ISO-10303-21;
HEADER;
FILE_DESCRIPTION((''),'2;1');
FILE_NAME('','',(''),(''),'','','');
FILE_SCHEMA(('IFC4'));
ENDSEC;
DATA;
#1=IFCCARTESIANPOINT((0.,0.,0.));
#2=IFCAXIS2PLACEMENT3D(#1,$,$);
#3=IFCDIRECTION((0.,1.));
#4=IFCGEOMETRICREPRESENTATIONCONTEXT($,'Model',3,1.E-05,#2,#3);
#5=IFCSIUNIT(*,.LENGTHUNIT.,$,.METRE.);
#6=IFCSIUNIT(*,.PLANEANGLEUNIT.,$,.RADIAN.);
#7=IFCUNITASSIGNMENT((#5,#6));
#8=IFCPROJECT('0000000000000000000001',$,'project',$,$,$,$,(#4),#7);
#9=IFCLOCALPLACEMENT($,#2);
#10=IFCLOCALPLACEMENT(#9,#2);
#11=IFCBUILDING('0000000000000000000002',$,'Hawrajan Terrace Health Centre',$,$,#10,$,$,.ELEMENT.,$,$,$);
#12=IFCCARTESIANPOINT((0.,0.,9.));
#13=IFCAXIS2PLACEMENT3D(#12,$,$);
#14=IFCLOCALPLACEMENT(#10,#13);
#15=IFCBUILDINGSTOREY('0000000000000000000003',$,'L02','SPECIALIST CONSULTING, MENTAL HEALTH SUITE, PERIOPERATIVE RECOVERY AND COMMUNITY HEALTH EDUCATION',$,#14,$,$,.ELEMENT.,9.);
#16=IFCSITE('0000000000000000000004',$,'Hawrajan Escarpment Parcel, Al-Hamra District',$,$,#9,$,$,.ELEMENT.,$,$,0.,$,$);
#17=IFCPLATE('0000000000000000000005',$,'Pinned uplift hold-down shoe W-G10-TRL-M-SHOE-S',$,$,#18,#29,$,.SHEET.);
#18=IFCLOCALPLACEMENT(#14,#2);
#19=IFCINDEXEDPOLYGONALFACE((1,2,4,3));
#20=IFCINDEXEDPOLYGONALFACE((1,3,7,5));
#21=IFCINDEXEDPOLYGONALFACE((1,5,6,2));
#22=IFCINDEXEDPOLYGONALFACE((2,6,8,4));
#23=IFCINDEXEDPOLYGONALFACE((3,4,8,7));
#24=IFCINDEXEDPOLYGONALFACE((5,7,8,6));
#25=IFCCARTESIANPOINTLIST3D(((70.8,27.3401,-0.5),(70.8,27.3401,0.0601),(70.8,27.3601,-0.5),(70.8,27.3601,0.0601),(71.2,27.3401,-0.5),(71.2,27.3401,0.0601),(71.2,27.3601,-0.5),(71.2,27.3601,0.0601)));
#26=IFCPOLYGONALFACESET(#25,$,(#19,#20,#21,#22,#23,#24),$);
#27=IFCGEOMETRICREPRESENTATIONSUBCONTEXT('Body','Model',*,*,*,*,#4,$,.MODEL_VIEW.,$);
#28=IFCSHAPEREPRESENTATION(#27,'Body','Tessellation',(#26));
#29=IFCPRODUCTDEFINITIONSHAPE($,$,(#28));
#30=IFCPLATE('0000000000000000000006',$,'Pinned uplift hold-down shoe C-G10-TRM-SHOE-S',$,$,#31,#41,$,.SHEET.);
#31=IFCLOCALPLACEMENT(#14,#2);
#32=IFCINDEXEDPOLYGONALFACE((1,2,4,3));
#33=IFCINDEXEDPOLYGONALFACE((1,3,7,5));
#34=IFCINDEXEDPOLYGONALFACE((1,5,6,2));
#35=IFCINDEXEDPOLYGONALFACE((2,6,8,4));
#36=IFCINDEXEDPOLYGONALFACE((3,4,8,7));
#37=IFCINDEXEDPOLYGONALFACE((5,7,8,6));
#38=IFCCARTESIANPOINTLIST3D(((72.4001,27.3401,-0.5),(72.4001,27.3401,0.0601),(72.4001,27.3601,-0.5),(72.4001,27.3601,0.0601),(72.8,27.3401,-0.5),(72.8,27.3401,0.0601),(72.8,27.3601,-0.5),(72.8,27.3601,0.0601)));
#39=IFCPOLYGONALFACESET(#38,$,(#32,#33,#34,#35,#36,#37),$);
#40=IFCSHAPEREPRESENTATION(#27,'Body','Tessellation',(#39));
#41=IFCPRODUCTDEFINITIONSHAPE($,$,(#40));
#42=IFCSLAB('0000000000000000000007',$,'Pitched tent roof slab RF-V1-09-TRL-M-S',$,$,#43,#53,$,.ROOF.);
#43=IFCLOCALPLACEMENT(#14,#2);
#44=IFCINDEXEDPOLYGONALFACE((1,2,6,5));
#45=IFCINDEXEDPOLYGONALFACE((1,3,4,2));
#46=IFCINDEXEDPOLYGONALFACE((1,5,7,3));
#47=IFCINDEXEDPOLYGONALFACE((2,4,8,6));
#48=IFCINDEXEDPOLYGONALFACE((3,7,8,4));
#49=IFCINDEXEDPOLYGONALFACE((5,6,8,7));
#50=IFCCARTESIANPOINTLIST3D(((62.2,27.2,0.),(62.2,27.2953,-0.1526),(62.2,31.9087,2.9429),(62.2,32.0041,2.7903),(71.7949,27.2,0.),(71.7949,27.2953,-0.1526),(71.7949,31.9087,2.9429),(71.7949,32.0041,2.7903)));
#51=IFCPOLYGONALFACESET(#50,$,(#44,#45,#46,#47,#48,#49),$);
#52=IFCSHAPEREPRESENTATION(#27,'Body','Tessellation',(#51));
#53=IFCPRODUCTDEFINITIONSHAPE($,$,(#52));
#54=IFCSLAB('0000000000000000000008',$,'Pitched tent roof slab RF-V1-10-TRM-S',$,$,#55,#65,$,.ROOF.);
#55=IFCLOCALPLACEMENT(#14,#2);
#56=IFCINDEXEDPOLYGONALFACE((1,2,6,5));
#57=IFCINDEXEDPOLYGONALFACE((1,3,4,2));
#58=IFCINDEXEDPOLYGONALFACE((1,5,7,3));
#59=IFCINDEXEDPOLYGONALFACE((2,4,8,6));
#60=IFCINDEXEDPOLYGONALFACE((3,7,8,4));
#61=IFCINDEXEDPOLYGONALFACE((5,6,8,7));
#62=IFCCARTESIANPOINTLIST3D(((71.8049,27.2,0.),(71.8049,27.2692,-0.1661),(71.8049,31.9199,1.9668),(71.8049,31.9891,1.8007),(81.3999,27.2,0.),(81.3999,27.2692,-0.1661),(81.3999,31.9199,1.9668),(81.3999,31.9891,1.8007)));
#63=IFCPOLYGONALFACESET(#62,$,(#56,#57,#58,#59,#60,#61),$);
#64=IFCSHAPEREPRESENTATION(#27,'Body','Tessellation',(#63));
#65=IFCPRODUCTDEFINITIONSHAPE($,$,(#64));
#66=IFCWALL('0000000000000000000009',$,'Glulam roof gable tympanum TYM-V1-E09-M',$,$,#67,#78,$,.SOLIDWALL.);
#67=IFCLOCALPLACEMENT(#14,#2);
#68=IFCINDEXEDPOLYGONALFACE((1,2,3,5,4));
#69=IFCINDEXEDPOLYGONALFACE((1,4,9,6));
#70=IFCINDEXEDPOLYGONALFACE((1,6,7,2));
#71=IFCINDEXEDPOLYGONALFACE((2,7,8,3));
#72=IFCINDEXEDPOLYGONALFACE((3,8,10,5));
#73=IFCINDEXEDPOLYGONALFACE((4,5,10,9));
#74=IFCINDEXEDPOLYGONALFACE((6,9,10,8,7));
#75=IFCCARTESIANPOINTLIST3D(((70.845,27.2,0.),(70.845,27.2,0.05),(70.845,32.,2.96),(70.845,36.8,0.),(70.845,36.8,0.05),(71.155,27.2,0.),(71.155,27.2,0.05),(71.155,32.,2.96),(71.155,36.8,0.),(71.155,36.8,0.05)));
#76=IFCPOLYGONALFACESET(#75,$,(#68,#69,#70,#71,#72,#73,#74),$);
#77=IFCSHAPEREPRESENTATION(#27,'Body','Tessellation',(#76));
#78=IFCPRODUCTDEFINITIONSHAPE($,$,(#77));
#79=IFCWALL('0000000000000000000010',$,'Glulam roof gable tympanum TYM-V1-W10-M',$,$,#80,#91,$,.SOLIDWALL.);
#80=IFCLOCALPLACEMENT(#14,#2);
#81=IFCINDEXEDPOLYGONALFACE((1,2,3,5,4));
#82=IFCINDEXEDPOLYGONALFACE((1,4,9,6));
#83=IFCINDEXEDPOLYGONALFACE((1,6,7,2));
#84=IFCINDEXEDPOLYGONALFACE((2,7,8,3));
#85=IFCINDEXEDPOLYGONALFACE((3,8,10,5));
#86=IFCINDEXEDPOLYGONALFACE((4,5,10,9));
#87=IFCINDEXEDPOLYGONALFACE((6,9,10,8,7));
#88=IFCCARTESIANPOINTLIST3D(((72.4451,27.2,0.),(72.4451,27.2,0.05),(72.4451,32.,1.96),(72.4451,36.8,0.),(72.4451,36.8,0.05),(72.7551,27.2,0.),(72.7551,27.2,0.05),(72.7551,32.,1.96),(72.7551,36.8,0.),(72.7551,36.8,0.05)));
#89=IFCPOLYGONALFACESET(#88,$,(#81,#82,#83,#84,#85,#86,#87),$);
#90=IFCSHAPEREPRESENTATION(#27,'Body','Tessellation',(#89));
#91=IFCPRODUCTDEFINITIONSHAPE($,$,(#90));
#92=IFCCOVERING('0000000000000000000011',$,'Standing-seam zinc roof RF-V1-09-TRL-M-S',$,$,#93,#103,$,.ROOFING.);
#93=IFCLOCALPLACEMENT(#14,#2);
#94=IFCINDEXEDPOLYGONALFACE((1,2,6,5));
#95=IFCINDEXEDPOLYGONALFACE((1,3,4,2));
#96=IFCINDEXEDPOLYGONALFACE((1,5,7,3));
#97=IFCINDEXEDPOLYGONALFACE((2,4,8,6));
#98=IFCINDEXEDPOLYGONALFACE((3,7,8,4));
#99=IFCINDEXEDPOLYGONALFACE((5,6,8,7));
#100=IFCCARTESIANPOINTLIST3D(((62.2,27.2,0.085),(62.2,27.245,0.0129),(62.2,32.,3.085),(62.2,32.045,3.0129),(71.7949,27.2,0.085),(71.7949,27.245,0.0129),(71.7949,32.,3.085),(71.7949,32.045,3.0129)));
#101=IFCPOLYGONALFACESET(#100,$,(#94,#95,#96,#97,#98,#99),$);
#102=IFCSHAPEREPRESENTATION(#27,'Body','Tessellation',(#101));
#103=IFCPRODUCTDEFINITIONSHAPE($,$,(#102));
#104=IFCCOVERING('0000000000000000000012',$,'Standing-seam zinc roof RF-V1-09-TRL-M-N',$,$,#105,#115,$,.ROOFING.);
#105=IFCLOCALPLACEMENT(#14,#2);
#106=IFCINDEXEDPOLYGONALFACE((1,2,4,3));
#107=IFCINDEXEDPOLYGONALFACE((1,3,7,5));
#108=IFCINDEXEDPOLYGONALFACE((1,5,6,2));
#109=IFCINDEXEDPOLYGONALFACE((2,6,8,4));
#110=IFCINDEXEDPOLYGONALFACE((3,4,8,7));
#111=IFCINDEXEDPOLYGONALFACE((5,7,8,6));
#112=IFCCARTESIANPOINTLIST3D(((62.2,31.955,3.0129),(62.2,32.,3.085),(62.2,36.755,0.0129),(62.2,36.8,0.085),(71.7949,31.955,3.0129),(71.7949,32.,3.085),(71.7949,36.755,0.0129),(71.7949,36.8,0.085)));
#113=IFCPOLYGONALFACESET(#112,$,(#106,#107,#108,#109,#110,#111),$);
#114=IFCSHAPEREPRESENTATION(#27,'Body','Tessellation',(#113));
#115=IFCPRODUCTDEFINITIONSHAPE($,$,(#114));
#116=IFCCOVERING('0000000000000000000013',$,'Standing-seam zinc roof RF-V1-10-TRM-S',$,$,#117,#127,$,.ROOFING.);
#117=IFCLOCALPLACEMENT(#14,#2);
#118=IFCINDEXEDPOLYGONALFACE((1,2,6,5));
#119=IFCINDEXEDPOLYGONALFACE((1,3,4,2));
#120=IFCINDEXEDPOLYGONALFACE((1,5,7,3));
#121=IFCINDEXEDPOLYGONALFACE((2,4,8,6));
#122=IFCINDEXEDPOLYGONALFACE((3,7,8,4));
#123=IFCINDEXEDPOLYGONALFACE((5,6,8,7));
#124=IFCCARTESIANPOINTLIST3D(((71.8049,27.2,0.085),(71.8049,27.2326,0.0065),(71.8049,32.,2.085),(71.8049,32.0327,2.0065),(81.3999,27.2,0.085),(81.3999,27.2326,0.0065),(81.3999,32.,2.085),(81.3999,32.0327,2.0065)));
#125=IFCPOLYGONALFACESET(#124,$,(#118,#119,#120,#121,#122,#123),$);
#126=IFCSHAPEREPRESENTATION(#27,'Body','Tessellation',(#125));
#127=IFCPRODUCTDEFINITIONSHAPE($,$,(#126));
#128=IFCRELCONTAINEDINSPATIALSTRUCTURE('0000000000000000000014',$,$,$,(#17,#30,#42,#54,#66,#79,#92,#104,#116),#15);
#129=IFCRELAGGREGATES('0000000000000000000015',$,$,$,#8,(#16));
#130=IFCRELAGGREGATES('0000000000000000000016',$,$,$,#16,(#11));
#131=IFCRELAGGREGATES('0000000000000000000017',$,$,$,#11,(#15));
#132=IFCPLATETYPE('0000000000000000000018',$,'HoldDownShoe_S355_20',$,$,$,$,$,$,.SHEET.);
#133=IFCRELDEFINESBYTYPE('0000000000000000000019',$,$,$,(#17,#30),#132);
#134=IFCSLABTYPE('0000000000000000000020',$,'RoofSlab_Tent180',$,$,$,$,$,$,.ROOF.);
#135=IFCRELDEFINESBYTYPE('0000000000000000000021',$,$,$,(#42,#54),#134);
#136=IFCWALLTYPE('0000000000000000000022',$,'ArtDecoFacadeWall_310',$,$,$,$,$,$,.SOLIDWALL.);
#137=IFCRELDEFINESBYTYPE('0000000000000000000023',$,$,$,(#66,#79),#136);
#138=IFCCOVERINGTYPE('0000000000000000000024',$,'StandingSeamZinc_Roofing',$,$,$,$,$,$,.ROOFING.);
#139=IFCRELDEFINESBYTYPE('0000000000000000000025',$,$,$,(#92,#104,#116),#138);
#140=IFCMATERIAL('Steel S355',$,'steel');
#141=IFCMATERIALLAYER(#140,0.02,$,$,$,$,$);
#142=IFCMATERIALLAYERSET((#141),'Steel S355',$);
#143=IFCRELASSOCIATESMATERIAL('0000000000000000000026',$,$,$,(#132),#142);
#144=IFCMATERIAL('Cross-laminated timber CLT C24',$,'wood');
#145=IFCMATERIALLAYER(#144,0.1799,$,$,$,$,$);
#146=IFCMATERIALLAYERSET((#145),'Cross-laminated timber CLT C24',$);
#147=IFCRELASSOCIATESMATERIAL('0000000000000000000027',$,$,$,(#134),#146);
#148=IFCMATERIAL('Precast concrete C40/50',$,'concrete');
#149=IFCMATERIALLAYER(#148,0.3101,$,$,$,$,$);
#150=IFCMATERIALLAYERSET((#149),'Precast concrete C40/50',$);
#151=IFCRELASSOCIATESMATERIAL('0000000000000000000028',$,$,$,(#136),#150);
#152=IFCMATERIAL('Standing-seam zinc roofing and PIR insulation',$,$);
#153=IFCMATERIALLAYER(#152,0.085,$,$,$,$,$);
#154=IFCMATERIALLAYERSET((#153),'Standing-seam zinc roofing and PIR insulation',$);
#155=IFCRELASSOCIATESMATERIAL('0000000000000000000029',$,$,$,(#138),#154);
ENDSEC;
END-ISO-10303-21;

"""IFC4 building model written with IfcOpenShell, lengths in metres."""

from ifc_helpers import new_model, si_unit, direction, frame, origin, origin_2d, place, context, subcontext, project, spatial, polyline, rectangle, outline, extrude, material, layer, layer_set, type_object, element, save


model = new_model("IFC4")

# Units and contexts
model_context = context("Model", 3, precision=1e-05, world=origin(), true_north=direction((0.0, 1.0)))
body_context = subcontext(model_context, "Body", "Model", "MODEL_VIEW")
ifc_project = project(units=[si_unit("LENGTHUNIT", "METRE"), si_unit("PLANEANGLEUNIT", "RADIAN")], contexts=[model_context])

# Site, building, storey
site_placement = place(None, origin())
site = spatial("IfcSite", under=ifc_project, at=site_placement, Name="Hawrajan Escarpment Parcel, Al-Hamra District", CompositionType="ELEMENT", RefElevation=0.0)
building_placement = place(site_placement, origin())
building = spatial("IfcBuilding", under=site, at=building_placement, Name="Hawrajan Terrace Health Centre", CompositionType="ELEMENT")
storey_placement = place(building_placement, frame((0.0, 0.0, 9.0)))
storey = spatial("IfcBuildingStorey", under=building, at=storey_placement, Name="L02", Description="SPECIALIST CONSULTING, MENTAL HEALTH SUITE, PERIOPERATIVE RECOVERY AND COMMUNITY HEALTH EDUCATION", CompositionType="ELEMENT", Elevation=9.0)

# Shared definitions
ifc_material_1 = material(Name="Steel S355", Category="steel")

# Plates
ifc_layer_1 = layer(ifc_material_1, 0.02)
ifc_layer_set_1 = layer_set([ifc_layer_1], Name="Steel S355")
plate_type = type_object("IfcPlateType", Name="HoldDownShoe_S355_20", PredefinedType="SHEET", material=ifc_layer_set_1)
for number, where, z_axis, x_axis, name in (
    (1, (71.0, 27.3501, -0.5), (0.0, 0.0, 1.0), (1.0, 0.0, 0.0), "Pinned uplift hold-down shoe W-G10-TRL-M-SHOE-S"),
    (2, (72.6001, 27.3501, -0.5), (0.0, 0.0, 1.0), (1.0, 0.0, 0.0), "Pinned uplift hold-down shoe C-G10-TRM-SHOE-S"),
):
    element("IfcPlate", number, at=place(storey_placement, frame(where, z_axis=z_axis, x_axis=x_axis)), inside=storey, type_object=plate_type, Name=name, PredefinedType="SHEET", context=body_context, shape_type="SweptSolid", body=[
        extrude(rectangle(XDim=0.3999, YDim=0.02, at=origin_2d()), origin(), (0.0, 0.0, 1.0), 0.5601),
    ])

# Slabs
ifc_material_2 = material(Name="Cross-laminated timber CLT C24", Category="wood")
ifc_layer_2 = layer(ifc_material_2, 0.1799)
ifc_layer_set_2 = layer_set([ifc_layer_2], Name="Cross-laminated timber CLT C24")
slab_type = type_object("IfcSlabType", Name="RoofSlab_Tent180", PredefinedType="ROOF", material=ifc_layer_set_2)
slab_1_placement = place(storey_placement, frame((62.2, 27.2, 0.0), z_axis=(0.0, -0.529987, 0.848006), x_axis=(1.0, 0.0, 0.0)))
element("IfcSlab", 3, at=slab_1_placement, inside=storey, type_object=slab_type, Name="Pitched tent roof slab RF-V1-09-TRL-M-S", PredefinedType="ROOF", context=body_context, shape_type="SweptSolid", body=[
    extrude(outline(polyline([(0.0, 0.0), (9.595, 0.0), (9.595, 5.5527), (0.0, 5.5527), (0.0, 0.0)])), origin(), (0.0, 0.0, -1.0), 0.1799),
])
slab_2_placement = place(storey_placement, frame((71.8049, 27.2, 0.0), z_axis=(0.0, -0.384639, 0.923067), x_axis=(1.0, 0.0, 0.0)))
element("IfcSlab", 4, at=slab_2_placement, inside=storey, type_object=slab_type, Name="Pitched tent roof slab RF-V1-10-TRM-S", PredefinedType="ROOF", context=body_context, shape_type="SweptSolid", body=[
    extrude(outline(polyline([(0.0, 0.0), (9.595, 0.0), (9.595, 5.1134), (0.0, 5.1134), (0.0, 0.0)])), origin(), (0.0, 0.0, -1.0), 0.1799),
])

# Walls
ifc_material_3 = material(Name="Precast concrete C40/50", Category="concrete")
ifc_layer_3 = layer(ifc_material_3, 0.3101)
ifc_layer_set_3 = layer_set([ifc_layer_3], Name="Precast concrete C40/50")
wall_type = type_object("IfcWallType", Name="ArtDecoFacadeWall_310", PredefinedType="SOLIDWALL", material=ifc_layer_set_3)
wall_1_placement = place(storey_placement, frame((71.0, 27.2, 0.0), z_axis=(0.0, 0.0, 1.0), x_axis=(0.0, 1.0, 0.0)))
element("IfcWall", 5, at=wall_1_placement, inside=storey, type_object=wall_type, Name="Glulam roof gable tympanum TYM-V1-E09-M", PredefinedType="SOLIDWALL", context=body_context, shape_type="SweptSolid", body=[
    extrude(outline(polyline([(0.0, 0.0), (9.6001, 0.0), (9.6001, 0.05), (4.8, 2.96), (0.0, 0.05), (0.0, 0.0)])), frame((0.0, 0.155, 0.0), z_axis=(0.0, -1.0, 0.0), x_axis=(1.0, 0.0, 0.0)), (0.0, 0.0, 1.0), 0.3101),
])
wall_2_placement = place(storey_placement, frame((72.6001, 27.2, 0.0), z_axis=(0.0, 0.0, 1.0), x_axis=(0.0, 1.0, 0.0)))
element("IfcWall", 6, at=wall_2_placement, inside=storey, type_object=wall_type, Name="Glulam roof gable tympanum TYM-V1-W10-M", PredefinedType="SOLIDWALL", context=body_context, shape_type="SweptSolid", body=[
    extrude(outline(polyline([(0.0, 0.0), (9.6001, 0.0), (9.6001, 0.05), (4.8, 1.96), (0.0, 0.05), (0.0, 0.0)])), frame((0.0, 0.155, 0.0), z_axis=(0.0, -1.0, 0.0), x_axis=(1.0, 0.0, 0.0)), (0.0, 0.0, 1.0), 0.3101),
])

# Coverings
ifc_material_4 = material(Name="Standing-seam zinc roofing and PIR insulation")
ifc_layer_4 = layer(ifc_material_4, 0.085)
ifc_layer_set_4 = layer_set([ifc_layer_4], Name="Standing-seam zinc roofing and PIR insulation")
covering_type = type_object("IfcCoveringType", Name="StandingSeamZinc_Roofing", PredefinedType="ROOFING", material=ifc_layer_set_4)
for number, where, z_axis, x_axis, name in (
    (7, (62.2, 27.2, 0.085), (0.0, -0.529995, 0.848001), (1.0, 0.0, 0.0), "Standing-seam zinc roof RF-V1-09-TRL-M-S"),
    (8, (62.2, 32.0, 3.085), (0.0, 0.529995, 0.848001), (1.0, 0.0, 0.0), "Standing-seam zinc roof RF-V1-09-TRL-M-N"),
):
    element("IfcCovering", number, at=place(storey_placement, frame(where, z_axis=z_axis, x_axis=x_axis)), inside=storey, type_object=covering_type, Name=name, PredefinedType="ROOFING", context=body_context, shape_type="SweptSolid", body=[
        extrude(outline(polyline([(0.0, 0.0), (9.595, 0.0), (9.595, 5.6604), (0.0, 5.6604), (0.0, 0.0)])), origin(), (0.0, 0.0, -1.0), 0.085),
    ])
covering_placement = place(storey_placement, frame((71.8049, 27.2, 0.085), z_axis=(0.0, -0.384612, 0.923078), x_axis=(1.0, 0.0, 0.0)))
element("IfcCovering", 9, at=covering_placement, inside=storey, type_object=covering_type, Name="Standing-seam zinc roof RF-V1-10-TRM-S", PredefinedType="ROOFING", context=body_context, shape_type="SweptSolid", body=[
    extrude(outline(polyline([(0.0, 0.0), (9.595, 0.0), (9.595, 5.2), (0.0, 5.2), (0.0, 0.0)])), origin(), (0.0, 0.0, -1.0), 0.085),
])

save(model, "model.ifc")
